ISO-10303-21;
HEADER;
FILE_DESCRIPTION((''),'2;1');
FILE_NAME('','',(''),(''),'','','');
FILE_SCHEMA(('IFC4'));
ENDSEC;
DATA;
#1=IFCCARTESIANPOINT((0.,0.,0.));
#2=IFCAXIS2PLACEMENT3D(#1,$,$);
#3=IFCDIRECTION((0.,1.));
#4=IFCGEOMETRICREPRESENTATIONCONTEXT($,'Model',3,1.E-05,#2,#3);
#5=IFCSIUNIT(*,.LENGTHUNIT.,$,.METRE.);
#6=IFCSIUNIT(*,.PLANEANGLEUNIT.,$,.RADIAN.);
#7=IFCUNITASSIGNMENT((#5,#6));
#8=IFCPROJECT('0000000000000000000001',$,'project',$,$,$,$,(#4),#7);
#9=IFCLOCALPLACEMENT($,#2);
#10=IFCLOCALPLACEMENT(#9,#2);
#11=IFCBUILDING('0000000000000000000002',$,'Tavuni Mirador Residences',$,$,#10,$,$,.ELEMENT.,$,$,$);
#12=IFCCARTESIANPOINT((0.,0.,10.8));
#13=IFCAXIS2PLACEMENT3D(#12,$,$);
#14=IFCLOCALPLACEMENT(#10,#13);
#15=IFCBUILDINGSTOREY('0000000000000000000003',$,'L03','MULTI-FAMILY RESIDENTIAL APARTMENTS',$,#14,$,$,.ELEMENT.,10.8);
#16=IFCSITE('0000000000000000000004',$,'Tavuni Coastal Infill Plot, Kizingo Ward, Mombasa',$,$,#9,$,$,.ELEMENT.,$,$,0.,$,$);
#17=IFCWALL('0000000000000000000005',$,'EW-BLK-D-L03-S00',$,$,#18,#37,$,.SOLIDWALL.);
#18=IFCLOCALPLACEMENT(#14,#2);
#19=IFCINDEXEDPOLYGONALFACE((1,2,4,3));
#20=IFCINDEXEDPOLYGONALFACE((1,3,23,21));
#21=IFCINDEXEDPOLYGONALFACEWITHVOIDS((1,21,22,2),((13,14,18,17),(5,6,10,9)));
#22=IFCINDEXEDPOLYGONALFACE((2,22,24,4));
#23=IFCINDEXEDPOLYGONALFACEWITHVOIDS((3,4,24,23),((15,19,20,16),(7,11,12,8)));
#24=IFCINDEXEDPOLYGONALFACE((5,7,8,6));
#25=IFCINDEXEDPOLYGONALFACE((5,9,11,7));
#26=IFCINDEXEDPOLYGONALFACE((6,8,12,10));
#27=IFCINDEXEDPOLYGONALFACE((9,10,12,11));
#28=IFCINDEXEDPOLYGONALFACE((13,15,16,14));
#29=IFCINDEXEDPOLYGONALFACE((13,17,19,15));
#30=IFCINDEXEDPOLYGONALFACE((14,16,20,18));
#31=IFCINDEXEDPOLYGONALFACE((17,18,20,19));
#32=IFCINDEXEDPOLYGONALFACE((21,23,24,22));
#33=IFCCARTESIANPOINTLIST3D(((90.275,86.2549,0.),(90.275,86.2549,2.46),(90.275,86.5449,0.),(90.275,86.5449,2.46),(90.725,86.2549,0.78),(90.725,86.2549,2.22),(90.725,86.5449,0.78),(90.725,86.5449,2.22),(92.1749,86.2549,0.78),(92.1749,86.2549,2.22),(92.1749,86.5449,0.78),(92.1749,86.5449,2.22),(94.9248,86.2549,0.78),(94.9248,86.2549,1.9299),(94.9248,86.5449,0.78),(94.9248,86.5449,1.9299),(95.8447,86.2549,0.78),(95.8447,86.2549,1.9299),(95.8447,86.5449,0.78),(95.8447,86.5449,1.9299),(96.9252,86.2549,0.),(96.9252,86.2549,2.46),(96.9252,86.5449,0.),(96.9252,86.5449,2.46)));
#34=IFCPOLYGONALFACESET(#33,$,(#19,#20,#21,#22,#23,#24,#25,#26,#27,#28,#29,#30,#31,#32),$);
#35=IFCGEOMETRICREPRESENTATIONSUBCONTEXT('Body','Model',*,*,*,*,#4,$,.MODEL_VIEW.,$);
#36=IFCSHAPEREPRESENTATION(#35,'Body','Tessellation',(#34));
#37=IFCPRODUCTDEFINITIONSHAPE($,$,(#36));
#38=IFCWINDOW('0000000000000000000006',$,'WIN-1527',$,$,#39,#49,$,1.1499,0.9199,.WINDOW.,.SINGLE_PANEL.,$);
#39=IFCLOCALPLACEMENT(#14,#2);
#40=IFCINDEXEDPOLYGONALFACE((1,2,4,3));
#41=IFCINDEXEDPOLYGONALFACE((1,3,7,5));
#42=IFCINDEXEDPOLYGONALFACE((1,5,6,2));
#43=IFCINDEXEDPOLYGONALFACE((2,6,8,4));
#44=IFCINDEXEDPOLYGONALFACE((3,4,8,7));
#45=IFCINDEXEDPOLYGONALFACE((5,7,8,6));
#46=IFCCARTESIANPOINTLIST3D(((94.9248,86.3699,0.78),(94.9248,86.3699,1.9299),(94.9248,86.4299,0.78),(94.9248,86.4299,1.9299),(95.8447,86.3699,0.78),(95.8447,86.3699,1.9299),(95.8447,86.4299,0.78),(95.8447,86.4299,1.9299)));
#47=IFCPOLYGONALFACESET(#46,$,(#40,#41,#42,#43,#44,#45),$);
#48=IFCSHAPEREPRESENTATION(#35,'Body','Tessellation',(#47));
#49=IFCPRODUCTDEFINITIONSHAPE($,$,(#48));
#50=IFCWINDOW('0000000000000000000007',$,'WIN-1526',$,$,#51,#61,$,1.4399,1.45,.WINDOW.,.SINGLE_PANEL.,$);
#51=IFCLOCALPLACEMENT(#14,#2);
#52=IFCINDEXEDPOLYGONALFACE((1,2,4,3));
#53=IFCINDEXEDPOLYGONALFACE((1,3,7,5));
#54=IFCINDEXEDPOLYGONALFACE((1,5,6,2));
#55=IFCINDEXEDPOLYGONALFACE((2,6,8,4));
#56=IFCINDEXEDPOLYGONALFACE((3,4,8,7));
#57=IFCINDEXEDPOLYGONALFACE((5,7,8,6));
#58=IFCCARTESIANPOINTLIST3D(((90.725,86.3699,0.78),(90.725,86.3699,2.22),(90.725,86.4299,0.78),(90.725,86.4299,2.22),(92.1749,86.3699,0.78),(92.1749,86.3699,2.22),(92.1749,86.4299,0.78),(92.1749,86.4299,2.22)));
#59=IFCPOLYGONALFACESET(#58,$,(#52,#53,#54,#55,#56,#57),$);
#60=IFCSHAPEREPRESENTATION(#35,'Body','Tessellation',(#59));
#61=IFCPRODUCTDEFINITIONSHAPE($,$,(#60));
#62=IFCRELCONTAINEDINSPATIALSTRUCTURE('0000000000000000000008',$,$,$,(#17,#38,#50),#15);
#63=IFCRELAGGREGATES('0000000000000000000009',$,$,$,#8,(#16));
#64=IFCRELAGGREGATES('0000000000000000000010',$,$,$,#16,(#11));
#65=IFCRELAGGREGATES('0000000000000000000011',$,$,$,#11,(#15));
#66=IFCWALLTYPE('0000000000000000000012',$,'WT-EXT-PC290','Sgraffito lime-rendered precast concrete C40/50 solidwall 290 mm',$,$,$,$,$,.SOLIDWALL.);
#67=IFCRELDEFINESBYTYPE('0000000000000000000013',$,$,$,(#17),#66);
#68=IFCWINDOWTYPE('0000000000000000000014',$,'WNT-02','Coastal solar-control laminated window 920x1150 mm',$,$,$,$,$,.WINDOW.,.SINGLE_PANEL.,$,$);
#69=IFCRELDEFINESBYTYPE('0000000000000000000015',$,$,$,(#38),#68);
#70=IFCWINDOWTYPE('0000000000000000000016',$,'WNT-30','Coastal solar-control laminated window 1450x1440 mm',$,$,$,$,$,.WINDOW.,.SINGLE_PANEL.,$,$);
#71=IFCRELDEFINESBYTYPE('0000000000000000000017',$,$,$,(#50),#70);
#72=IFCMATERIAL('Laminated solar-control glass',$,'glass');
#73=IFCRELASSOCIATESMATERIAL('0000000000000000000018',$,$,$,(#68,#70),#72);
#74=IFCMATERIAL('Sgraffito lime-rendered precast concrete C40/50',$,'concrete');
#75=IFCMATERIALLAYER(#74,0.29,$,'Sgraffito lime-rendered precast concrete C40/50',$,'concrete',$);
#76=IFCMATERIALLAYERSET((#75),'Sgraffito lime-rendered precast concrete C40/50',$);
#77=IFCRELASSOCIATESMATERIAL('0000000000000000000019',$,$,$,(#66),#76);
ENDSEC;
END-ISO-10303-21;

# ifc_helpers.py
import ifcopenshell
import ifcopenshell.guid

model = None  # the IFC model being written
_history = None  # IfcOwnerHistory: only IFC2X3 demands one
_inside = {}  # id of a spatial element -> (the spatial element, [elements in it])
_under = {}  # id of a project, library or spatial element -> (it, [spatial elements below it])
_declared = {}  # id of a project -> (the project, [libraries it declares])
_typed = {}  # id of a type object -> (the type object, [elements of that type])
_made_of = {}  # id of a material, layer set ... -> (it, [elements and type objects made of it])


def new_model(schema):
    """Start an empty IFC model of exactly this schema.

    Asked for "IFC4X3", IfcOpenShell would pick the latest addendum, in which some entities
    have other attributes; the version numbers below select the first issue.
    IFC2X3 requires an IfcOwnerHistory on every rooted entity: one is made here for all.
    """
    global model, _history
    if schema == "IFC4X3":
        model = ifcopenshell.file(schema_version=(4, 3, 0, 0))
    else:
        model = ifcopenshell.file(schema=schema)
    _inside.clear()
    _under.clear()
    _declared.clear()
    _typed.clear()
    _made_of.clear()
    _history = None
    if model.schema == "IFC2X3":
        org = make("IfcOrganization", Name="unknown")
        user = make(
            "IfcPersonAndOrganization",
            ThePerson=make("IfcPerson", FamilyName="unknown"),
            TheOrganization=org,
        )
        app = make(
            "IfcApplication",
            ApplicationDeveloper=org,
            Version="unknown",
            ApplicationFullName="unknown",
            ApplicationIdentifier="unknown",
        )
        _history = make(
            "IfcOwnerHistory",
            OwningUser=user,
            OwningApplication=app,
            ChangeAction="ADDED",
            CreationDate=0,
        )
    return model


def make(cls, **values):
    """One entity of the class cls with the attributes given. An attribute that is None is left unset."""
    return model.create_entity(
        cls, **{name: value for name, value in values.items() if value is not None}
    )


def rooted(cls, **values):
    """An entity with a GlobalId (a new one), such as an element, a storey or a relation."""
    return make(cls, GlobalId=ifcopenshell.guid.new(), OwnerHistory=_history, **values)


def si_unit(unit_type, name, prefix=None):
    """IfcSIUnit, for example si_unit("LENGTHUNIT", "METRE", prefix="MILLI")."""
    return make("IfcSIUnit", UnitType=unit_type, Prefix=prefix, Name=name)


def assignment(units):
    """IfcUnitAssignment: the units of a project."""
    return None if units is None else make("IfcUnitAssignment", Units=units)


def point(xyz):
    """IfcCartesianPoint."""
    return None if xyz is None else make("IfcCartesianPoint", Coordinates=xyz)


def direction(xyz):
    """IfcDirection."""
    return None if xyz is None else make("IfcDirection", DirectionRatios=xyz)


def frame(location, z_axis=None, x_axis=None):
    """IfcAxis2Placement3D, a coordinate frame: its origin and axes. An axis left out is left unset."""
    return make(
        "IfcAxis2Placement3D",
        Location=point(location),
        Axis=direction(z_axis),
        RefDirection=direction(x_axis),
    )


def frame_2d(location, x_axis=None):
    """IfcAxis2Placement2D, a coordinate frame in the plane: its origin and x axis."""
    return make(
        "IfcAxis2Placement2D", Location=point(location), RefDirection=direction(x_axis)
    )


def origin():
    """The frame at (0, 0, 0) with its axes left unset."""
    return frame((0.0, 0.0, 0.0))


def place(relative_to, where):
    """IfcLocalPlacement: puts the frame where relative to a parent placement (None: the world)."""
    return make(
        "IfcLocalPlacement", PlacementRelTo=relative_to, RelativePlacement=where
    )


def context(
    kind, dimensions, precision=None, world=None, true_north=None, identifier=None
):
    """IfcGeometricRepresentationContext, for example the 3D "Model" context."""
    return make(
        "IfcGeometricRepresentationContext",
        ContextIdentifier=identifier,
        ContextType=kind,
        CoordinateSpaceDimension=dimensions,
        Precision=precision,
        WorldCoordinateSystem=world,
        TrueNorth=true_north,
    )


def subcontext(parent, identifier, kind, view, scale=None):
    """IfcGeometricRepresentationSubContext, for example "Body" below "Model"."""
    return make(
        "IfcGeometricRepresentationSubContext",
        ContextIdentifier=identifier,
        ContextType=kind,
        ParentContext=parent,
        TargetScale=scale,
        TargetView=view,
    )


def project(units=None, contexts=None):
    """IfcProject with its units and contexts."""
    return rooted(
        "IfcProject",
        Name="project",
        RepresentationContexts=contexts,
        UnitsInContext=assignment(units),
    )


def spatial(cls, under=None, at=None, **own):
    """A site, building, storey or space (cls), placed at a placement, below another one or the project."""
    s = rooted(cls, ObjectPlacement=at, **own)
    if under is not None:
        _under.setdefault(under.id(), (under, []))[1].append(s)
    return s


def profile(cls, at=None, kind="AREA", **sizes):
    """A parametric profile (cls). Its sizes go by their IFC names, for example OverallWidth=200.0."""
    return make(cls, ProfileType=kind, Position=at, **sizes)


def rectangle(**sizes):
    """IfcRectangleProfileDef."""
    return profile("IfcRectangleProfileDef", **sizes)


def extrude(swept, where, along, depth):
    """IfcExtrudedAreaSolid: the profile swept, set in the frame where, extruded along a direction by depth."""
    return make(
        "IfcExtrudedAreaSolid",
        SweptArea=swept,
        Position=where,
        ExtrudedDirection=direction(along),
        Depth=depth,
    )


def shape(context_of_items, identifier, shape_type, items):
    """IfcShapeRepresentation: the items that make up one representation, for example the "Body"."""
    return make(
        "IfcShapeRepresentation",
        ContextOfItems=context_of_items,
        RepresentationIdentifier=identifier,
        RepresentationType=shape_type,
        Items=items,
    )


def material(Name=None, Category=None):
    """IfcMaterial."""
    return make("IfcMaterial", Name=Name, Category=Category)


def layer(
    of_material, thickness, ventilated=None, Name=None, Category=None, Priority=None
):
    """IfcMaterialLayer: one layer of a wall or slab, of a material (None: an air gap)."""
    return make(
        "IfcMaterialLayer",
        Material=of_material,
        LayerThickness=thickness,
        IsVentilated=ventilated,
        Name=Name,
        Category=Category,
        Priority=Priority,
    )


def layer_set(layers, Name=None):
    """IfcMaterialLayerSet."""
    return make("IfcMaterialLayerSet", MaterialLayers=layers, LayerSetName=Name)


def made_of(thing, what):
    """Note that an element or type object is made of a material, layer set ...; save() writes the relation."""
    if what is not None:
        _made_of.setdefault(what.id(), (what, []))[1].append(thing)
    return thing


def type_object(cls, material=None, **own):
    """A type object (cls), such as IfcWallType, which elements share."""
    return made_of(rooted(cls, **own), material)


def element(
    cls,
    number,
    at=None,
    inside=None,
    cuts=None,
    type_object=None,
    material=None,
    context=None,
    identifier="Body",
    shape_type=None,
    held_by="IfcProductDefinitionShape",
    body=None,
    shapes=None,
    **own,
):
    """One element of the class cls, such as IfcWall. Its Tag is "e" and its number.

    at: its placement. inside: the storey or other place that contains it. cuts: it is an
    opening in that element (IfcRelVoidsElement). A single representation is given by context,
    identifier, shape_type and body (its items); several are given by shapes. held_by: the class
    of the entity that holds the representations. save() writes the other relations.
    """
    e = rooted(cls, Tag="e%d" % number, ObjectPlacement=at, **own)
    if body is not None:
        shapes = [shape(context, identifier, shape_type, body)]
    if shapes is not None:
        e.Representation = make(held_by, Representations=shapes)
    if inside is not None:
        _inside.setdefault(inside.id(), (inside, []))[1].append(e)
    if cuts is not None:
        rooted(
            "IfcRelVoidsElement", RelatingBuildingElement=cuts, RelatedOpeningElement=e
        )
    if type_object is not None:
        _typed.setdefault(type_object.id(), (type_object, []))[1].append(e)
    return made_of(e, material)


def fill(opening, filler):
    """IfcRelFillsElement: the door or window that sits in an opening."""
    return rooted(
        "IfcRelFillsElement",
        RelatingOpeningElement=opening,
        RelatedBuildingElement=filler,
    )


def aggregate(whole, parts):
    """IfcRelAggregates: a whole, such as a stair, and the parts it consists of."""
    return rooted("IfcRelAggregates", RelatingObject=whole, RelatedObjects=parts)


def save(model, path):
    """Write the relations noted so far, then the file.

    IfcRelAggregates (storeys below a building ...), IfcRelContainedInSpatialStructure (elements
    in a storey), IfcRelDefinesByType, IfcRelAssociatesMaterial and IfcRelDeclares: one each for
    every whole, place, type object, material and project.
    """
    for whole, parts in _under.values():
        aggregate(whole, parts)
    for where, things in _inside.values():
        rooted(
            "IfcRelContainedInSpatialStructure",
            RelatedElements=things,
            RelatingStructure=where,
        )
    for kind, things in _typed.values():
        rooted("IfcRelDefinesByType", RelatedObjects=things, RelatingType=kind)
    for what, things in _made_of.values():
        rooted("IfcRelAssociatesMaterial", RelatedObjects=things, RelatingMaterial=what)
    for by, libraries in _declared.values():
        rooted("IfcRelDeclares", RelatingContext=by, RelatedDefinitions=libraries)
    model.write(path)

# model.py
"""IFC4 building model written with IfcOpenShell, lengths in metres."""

from ifc_helpers import new_model, si_unit, direction, frame, frame_2d, origin, place, context, subcontext, project, spatial, rectangle, extrude, material, layer, layer_set, type_object, element, fill, save


model = new_model("IFC4")

# Units and contexts
model_context = context("Model", 3, precision=1e-05, world=origin(), true_north=direction((0.0, 1.0)))
body_context = subcontext(model_context, "Body", "Model", "MODEL_VIEW")
ifc_project = project(units=[si_unit("LENGTHUNIT", "METRE"), si_unit("PLANEANGLEUNIT", "RADIAN")], contexts=[model_context])

# Site, building, storey
site_placement = place(None, origin())
site = spatial("IfcSite", under=ifc_project, at=site_placement, Name="Tavuni Coastal Infill Plot, Kizingo Ward, Mombasa", CompositionType="ELEMENT", RefElevation=0.0)
building_placement = place(site_placement, origin())
building = spatial("IfcBuilding", under=site, at=building_placement, Name="Tavuni Mirador Residences", CompositionType="ELEMENT")
storey_placement = place(building_placement, frame((0.0, 0.0, 10.8)))
storey = spatial("IfcBuildingStorey", under=building, at=storey_placement, Name="L03", Description="MULTI-FAMILY RESIDENTIAL APARTMENTS", CompositionType="ELEMENT", Elevation=10.8)

# Shared definitions
ifc_material_1 = material(Name="Laminated solar-control glass", Category="glass")

# Wall, openings, windows
ifc_material_2 = material(Name="Sgraffito lime-rendered precast concrete C40/50", Category="concrete")
window_type_1 = type_object("IfcWindowType", Name="WNT-02", Description="Coastal solar-control laminated window 920x1150 mm", PartitioningType="SINGLE_PANEL", PredefinedType="WINDOW", material=ifc_material_1)
ifc_layer_1 = layer(ifc_material_2, 0.29, Name="Sgraffito lime-rendered precast concrete C40/50", Category="concrete")
ifc_layer_set_1 = layer_set([ifc_layer_1], Name="Sgraffito lime-rendered precast concrete C40/50")
wall_type_1 = type_object("IfcWallType", Name="WT-EXT-PC290", Description="Sgraffito lime-rendered precast concrete C40/50 solidwall 290 mm", PredefinedType="SOLIDWALL", material=ifc_layer_set_1)
wall_1_placement = place(storey_placement, frame((90.2749, 86.3999, 0.0), z_axis=(0.0, 0.0, 1.0), x_axis=(1.0, 0.0, 0.0)))
wall_1 = element("IfcWall", 1, at=wall_1_placement, inside=storey, type_object=wall_type_1, Name="EW-BLK-D-L03-S00", PredefinedType="SOLIDWALL", context=body_context, shape_type="SweptSolid", body=[
    extrude(rectangle(XDim=6.6501, YDim=0.29, at=frame_2d((3.3252, 0.0))), origin(), (0.0, 0.0, 1.0), 2.46),
])
opening_1_placement = place(wall_1_placement, frame((0.45, 0.0, 0.78)))
opening_1 = element("IfcOpeningElement", 2, at=opening_1_placement, cuts=wall_1, PredefinedType="OPENING", context=body_context, shape_type="SweptSolid", body=[
    extrude(rectangle(XDim=1.45, YDim=1.4399, at=frame_2d((0.7251, 0.72))), frame((0.0, 0.155, 0.0), z_axis=(0.0, -1.0, 0.0), x_axis=(1.0, 0.0, 0.0)), (0.0, 0.0, 1.0), 0.3101),
])
opening_2_placement = place(wall_1_placement, frame((4.6499, 0.0, 0.78)))
opening_2 = element("IfcOpeningElement", 3, at=opening_2_placement, cuts=wall_1, PredefinedType="OPENING", context=body_context, shape_type="SweptSolid", body=[
    extrude(rectangle(XDim=0.9199, YDim=1.1499, at=frame_2d((0.46, 0.575))), frame((0.0, 0.155, 0.0), z_axis=(0.0, -1.0, 0.0), x_axis=(1.0, 0.0, 0.0)), (0.0, 0.0, 1.0), 0.3101),
])
window_1_placement = place(opening_2_placement, origin())
window_1 = element("IfcWindow", 4, at=window_1_placement, inside=storey, type_object=window_type_1, Name="WIN-1527", OverallHeight=1.1499, OverallWidth=0.9199, PartitioningType="SINGLE_PANEL", PredefinedType="WINDOW", context=body_context, shape_type="SweptSolid", body=[
    extrude(rectangle(XDim=0.9199, YDim=1.1499, at=frame_2d((0.46, 0.575))), frame((0.0, 0.03, 0.0), z_axis=(0.0, -1.0, 0.0), x_axis=(1.0, 0.0, 0.0)), (0.0, 0.0, 1.0), 0.0601),
])
fill(opening_2, window_1)
window_type_2 = type_object("IfcWindowType", Name="WNT-30", Description="Coastal solar-control laminated window 1450x1440 mm", PartitioningType="SINGLE_PANEL", PredefinedType="WINDOW", material=ifc_material_1)
window_2_placement = place(opening_1_placement, origin())
window_2 = element("IfcWindow", 5, at=window_2_placement, inside=storey, type_object=window_type_2, Name="WIN-1526", OverallHeight=1.4399, OverallWidth=1.45, PartitioningType="SINGLE_PANEL", PredefinedType="WINDOW", context=body_context, shape_type="SweptSolid", body=[
    extrude(rectangle(XDim=1.45, YDim=1.4399, at=frame_2d((0.7251, 0.72))), frame((0.0, 0.03, 0.0), z_axis=(0.0, -1.0, 0.0), x_axis=(1.0, 0.0, 0.0)), (0.0, 0.0, 1.0), 0.0601),
])
fill(opening_1, window_2)

save(model, "model.ifc")
